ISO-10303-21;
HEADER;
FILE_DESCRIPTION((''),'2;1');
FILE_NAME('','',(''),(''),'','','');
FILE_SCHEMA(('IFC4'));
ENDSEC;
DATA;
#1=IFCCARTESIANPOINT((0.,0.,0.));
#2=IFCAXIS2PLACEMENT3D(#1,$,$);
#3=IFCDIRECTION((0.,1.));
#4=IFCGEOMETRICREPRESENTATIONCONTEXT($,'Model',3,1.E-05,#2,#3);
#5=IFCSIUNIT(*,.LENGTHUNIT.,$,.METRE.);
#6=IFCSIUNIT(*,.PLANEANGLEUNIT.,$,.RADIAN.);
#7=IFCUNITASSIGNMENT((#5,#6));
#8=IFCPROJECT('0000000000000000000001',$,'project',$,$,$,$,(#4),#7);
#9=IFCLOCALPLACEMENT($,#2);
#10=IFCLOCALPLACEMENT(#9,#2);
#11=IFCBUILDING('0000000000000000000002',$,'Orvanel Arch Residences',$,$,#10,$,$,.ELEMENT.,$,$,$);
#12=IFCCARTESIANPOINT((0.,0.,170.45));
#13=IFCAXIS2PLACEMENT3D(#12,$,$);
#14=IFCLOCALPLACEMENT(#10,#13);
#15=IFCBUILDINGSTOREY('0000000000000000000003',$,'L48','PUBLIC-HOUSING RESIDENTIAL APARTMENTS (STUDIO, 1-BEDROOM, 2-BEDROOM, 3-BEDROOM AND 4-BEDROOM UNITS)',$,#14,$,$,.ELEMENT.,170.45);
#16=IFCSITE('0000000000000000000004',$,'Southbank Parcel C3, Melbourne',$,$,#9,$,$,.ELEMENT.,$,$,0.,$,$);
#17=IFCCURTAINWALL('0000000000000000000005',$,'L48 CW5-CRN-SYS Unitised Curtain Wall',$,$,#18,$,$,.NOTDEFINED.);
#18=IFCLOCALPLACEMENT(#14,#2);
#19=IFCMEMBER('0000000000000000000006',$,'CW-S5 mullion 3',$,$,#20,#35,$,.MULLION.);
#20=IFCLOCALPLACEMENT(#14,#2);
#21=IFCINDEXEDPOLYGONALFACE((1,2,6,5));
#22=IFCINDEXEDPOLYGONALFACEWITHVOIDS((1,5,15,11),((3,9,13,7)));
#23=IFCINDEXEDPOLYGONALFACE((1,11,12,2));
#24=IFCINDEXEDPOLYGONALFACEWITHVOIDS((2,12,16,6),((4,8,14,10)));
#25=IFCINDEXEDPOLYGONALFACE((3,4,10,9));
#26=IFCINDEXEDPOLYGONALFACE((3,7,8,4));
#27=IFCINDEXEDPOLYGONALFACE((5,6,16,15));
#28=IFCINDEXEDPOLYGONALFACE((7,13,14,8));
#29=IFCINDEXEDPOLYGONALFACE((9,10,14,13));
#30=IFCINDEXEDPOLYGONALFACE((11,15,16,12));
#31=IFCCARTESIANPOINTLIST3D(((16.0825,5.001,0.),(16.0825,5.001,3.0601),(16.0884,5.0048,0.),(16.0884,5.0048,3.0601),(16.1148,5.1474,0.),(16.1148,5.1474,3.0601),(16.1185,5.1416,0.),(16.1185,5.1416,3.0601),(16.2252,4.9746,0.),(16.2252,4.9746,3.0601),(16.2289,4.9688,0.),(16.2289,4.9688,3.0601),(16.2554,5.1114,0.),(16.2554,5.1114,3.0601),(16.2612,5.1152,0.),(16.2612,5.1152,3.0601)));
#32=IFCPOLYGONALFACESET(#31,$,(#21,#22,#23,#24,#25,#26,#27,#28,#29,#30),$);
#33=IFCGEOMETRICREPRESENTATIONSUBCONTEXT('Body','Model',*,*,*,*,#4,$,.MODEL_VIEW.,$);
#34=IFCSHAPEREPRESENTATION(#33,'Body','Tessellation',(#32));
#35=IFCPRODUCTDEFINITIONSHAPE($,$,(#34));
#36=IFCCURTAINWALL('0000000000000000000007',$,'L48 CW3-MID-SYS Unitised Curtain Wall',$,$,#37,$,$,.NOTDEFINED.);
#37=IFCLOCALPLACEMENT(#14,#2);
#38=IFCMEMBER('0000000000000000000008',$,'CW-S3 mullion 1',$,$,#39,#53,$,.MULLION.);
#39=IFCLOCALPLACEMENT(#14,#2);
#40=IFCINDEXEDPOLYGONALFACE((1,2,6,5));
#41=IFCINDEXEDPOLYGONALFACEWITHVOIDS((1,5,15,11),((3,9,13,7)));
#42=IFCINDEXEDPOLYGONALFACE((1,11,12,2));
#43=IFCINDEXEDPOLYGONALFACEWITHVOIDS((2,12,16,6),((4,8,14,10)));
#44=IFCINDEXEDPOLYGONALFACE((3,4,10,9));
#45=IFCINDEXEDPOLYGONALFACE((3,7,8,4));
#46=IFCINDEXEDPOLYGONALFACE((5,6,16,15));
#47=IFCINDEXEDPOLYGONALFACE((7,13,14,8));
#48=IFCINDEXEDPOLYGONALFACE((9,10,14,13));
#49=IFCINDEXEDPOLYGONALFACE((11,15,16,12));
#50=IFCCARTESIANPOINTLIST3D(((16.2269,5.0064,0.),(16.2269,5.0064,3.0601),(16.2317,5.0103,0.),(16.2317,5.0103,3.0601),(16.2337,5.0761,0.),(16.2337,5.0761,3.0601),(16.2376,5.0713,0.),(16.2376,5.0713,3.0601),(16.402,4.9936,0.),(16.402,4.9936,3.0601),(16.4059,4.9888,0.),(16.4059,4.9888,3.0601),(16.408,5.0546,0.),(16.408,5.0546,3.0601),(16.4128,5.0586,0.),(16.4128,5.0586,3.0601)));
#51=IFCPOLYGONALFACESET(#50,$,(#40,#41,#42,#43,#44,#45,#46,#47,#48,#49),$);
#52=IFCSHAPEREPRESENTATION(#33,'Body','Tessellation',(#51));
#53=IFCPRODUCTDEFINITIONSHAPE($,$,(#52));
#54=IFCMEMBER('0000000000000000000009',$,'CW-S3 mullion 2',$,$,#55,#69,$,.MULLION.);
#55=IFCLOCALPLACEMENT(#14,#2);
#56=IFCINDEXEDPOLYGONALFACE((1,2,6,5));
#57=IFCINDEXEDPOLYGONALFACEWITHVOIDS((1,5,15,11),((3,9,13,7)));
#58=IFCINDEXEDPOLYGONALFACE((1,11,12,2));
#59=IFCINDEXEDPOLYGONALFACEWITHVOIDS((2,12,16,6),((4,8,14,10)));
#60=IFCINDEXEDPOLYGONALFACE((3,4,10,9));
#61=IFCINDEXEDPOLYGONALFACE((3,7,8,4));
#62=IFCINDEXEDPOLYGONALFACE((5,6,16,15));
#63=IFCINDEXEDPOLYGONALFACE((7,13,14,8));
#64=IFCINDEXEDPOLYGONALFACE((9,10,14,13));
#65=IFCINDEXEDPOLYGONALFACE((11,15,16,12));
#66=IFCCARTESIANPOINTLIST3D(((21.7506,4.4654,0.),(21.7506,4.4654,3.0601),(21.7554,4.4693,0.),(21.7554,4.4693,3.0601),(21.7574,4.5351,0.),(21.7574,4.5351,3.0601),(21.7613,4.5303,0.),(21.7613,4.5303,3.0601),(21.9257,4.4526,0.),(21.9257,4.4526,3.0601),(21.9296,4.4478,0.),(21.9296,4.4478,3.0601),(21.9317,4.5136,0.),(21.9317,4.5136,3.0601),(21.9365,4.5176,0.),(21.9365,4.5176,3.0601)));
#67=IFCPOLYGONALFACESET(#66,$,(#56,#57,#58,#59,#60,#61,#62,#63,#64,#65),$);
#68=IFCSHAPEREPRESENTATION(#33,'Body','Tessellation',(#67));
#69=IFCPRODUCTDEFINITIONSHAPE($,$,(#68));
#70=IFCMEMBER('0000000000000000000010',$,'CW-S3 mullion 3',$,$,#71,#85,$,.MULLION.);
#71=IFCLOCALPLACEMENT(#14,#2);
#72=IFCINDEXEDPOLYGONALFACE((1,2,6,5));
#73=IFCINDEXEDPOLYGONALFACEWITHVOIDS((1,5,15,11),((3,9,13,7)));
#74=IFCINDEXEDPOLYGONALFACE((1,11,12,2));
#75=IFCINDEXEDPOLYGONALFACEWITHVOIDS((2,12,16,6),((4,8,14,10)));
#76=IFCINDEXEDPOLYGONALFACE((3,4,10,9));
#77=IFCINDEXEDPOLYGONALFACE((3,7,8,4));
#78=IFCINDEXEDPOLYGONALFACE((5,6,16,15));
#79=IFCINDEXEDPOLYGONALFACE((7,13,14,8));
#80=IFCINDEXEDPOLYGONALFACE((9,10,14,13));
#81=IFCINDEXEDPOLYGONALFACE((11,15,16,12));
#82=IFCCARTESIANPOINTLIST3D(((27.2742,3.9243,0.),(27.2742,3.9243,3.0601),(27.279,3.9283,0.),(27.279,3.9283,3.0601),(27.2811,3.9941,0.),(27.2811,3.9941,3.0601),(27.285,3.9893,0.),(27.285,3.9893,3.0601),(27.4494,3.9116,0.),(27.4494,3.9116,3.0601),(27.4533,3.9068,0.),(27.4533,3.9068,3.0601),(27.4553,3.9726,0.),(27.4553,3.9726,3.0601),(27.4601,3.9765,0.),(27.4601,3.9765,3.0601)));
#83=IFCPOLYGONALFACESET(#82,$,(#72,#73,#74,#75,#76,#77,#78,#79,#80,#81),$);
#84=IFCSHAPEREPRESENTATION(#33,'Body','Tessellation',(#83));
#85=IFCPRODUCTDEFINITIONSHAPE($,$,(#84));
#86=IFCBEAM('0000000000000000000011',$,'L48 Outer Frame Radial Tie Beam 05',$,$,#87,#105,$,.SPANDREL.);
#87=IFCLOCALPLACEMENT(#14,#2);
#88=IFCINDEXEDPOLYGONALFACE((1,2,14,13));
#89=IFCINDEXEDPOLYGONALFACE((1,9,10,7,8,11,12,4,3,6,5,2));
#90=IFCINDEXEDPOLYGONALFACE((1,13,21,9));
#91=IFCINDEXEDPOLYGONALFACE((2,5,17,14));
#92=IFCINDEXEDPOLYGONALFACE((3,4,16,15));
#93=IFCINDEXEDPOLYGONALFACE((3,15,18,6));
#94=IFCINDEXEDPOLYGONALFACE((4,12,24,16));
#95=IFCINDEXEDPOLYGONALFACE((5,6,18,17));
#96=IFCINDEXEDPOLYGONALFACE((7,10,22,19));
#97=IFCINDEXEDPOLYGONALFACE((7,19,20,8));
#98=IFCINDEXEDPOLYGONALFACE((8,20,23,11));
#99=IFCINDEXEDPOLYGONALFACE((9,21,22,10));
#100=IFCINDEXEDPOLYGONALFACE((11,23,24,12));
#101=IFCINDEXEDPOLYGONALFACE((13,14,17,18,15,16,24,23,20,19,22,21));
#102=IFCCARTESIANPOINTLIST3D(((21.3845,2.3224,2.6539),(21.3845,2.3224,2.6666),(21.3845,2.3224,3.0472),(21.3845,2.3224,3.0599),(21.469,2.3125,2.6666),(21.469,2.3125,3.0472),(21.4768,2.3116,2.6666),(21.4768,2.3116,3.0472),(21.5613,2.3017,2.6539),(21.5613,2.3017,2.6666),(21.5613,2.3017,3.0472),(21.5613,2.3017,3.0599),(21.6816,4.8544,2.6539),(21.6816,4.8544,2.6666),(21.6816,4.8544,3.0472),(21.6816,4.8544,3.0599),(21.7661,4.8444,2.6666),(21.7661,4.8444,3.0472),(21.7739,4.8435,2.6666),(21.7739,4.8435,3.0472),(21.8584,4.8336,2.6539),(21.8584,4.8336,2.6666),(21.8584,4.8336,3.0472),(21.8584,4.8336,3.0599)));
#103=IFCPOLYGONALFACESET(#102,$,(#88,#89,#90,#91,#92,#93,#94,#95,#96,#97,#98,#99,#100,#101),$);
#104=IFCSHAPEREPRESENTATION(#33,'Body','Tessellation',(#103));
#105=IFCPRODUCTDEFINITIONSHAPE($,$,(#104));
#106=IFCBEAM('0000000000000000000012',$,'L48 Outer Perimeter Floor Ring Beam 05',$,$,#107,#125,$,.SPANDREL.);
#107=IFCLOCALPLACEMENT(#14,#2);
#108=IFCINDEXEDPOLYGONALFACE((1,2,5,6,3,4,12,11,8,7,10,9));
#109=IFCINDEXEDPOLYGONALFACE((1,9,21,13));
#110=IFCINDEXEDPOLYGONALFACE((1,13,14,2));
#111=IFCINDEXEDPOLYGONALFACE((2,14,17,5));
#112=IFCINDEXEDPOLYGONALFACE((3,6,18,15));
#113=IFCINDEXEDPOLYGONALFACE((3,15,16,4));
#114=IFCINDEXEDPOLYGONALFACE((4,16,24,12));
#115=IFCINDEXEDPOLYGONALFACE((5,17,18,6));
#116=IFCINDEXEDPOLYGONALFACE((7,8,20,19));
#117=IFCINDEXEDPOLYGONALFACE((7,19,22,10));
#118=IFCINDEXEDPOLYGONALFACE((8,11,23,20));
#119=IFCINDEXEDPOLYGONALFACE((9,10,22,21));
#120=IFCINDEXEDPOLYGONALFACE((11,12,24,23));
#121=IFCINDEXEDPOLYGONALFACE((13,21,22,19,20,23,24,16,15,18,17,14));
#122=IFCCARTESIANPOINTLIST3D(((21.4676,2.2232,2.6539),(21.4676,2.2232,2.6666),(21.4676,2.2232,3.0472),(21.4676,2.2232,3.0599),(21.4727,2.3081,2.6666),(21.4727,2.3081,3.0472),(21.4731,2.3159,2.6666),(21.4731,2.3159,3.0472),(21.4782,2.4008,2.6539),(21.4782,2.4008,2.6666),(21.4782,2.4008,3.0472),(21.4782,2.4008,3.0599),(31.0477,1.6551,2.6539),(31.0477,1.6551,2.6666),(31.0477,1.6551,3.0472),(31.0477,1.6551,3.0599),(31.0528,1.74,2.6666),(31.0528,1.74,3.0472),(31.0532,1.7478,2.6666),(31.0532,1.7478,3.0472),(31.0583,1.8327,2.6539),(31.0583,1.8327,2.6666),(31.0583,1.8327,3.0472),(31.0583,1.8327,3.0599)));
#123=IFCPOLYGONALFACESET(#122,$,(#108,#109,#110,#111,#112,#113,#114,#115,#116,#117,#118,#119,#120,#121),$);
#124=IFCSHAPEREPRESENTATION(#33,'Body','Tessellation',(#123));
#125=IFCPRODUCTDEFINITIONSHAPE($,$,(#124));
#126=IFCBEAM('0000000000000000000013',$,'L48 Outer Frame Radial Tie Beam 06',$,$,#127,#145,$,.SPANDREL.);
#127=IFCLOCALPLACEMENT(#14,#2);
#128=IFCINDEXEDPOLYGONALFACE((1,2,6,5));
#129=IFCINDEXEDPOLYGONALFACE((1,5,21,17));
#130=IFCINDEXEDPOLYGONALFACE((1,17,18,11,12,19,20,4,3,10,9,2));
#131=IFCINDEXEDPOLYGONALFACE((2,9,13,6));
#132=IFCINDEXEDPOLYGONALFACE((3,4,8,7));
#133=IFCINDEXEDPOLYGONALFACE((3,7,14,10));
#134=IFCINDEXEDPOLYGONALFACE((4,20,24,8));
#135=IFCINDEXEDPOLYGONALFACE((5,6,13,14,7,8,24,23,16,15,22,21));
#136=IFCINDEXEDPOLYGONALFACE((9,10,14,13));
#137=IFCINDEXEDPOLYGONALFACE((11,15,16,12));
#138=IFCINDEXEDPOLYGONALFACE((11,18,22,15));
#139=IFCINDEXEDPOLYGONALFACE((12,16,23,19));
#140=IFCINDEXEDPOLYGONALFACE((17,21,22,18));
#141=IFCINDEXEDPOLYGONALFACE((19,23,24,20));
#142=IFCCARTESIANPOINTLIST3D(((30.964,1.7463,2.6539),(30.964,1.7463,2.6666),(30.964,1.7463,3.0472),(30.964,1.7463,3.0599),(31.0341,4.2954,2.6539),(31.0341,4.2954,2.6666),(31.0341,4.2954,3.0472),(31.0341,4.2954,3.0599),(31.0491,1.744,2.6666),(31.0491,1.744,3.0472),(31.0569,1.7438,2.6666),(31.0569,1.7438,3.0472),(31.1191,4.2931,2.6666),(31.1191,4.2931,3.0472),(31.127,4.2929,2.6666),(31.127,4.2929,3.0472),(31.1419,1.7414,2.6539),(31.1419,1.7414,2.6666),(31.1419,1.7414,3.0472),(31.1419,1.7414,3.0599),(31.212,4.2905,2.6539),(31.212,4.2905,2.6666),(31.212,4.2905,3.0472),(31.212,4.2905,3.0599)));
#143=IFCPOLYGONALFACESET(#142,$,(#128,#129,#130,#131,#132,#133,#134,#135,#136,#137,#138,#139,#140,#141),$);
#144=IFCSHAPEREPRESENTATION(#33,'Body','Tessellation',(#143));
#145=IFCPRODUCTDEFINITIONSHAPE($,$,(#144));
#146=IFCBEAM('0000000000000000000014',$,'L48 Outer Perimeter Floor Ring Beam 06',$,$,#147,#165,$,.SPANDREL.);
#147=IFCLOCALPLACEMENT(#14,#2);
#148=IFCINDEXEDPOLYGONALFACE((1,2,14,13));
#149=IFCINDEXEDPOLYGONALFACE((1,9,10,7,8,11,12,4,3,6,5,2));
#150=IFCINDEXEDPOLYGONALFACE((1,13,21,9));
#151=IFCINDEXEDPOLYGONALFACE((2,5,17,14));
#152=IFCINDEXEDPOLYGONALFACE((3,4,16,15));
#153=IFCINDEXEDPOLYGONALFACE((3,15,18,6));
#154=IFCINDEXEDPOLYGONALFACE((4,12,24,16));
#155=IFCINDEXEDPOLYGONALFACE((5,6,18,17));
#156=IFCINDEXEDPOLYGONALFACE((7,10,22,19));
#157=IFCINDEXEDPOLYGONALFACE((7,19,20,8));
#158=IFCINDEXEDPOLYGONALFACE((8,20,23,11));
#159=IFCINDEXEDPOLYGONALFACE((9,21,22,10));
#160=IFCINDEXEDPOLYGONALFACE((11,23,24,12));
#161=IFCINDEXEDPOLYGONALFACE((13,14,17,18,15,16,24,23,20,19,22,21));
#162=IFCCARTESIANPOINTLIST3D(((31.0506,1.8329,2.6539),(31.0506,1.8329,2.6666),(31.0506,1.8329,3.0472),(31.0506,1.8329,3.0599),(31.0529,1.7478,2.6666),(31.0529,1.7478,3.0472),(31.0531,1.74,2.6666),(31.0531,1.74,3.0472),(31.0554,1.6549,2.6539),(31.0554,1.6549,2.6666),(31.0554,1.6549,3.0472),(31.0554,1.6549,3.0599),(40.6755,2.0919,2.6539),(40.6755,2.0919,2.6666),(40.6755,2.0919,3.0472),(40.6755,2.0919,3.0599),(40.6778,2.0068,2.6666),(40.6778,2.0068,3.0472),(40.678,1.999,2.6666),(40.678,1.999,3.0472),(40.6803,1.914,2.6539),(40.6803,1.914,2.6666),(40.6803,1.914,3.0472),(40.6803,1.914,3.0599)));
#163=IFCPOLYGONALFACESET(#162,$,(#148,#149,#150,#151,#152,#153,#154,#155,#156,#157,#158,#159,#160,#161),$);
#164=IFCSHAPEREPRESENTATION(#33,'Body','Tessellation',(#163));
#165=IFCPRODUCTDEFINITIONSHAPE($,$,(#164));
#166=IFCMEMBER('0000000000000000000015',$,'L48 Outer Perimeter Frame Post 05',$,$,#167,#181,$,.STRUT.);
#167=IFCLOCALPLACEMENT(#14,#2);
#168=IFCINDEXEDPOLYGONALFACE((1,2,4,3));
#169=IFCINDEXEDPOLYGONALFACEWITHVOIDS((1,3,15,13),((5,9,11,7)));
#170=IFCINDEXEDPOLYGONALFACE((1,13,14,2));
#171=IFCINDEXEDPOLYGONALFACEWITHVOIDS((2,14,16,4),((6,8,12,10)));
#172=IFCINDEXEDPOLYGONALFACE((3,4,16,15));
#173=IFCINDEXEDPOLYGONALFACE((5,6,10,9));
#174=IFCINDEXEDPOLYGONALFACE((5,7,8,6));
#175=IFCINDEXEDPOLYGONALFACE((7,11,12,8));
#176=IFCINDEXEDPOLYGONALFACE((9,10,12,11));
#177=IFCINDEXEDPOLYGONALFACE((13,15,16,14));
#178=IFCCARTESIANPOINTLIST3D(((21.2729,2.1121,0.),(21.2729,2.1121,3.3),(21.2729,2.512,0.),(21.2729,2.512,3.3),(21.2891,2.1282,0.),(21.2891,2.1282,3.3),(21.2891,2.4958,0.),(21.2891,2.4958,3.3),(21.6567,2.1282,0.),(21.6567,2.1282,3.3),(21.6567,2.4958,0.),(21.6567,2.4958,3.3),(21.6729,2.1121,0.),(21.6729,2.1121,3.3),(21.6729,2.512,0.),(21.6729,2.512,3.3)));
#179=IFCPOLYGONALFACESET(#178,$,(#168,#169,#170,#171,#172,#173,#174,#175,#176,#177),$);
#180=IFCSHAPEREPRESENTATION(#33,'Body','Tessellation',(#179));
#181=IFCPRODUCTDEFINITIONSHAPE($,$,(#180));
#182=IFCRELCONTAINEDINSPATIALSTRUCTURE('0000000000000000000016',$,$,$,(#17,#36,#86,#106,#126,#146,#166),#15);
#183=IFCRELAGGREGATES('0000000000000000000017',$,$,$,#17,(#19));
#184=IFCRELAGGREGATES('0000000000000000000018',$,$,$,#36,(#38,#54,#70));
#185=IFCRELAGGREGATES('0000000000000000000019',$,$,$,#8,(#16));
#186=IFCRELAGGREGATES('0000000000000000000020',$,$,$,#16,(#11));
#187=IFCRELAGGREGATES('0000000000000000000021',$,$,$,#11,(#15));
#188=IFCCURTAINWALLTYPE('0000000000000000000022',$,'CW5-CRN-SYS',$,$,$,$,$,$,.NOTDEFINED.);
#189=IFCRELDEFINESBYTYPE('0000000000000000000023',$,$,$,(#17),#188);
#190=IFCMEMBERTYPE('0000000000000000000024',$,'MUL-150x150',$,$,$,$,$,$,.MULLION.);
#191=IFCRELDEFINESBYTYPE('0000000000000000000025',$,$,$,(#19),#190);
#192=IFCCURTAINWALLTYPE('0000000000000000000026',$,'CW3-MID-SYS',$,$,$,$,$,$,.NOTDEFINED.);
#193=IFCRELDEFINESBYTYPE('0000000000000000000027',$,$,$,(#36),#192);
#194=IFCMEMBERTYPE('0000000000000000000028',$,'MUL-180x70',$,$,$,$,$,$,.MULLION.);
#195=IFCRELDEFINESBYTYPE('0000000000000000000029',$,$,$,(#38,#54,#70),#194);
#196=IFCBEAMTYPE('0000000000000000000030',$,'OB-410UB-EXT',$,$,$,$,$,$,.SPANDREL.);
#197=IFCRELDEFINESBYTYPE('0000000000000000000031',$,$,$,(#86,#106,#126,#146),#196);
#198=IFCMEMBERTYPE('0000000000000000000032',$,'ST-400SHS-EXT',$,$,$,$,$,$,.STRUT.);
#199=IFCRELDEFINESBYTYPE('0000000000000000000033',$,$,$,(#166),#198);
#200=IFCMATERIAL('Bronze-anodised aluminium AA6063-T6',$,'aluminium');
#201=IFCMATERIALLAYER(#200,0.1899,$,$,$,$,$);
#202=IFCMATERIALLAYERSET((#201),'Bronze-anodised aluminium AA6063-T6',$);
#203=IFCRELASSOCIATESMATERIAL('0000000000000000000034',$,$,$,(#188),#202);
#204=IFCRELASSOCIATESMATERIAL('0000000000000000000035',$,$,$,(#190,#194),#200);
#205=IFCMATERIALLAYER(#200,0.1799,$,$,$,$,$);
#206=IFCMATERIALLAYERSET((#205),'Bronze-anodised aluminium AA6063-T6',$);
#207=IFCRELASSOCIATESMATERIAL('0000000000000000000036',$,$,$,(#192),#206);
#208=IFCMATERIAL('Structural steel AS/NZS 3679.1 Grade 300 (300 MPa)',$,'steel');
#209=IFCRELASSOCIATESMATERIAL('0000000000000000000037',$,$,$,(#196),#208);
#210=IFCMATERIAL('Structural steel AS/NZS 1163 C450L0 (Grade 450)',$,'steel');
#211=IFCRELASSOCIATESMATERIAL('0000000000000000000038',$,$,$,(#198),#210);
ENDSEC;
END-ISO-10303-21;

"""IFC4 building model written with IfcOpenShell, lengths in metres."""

from ifc_helpers import new_model, si_unit, direction, frame, origin, origin_2d, place, context, subcontext, project, spatial, hollow_rectangle, i_section, extrude, material, layer, layer_set, material_profile, profile_set, type_object, element, aggregate, save


model = new_model("IFC4")

# Units and contexts
model_context = context("Model", 3, precision=1e-05, world=origin(), true_north=direction((0.0, 1.0)))
body_context = subcontext(model_context, "Body", "Model", "MODEL_VIEW")
ifc_project = project(units=[si_unit("LENGTHUNIT", "METRE"), si_unit("PLANEANGLEUNIT", "RADIAN")], contexts=[model_context])

# Site, building, storey
site_placement = place(None, origin())
site = spatial("IfcSite", under=ifc_project, at=site_placement, Name="Southbank Parcel C3, Melbourne", CompositionType="ELEMENT", RefElevation=0.0)
building_placement = place(site_placement, origin())
building = spatial("IfcBuilding", under=site, at=building_placement, Name="Orvanel Arch Residences", CompositionType="ELEMENT")
storey_placement = place(building_placement, frame((0.0, 0.0, 170.45)))
storey = spatial("IfcBuildingStorey", under=building, at=storey_placement, Name="L48", Description="PUBLIC-HOUSING RESIDENTIAL APARTMENTS (STUDIO, 1-BEDROOM, 2-BEDROOM, 3-BEDROOM AND 4-BEDROOM UNITS)", CompositionType="ELEMENT", Elevation=170.45)

# Curtain wall, member
ifc_material_1 = material(Name="Bronze-anodised aluminium AA6063-T6", Category="aluminium")
ifc_layer_1 = layer(ifc_material_1, 0.1899)
ifc_layer_set_1 = layer_set([ifc_layer_1], Name="Bronze-anodised aluminium AA6063-T6")
curtain_wall_type_1 = type_object("IfcCurtainWallType", Name="CW5-CRN-SYS", PredefinedType="NOTDEFINED", material=ifc_layer_set_1)
curtain_wall_1_placement = place(storey_placement, origin())
curtain_wall_1 = element("IfcCurtainWall", 1, at=curtain_wall_1_placement, inside=storey, type_object=curtain_wall_type_1, Name="L48 CW5-CRN-SYS Unitised Curtain Wall", PredefinedType="NOTDEFINED")
ifc_material_profile_1 = material_profile(ifc_material_1, hollow_rectangle(XDim=0.1499, YDim=0.1499, WallThickness=0.0049, at=origin_2d()), Name="ALU150x150x5")
ifc_profile_set_1 = profile_set([ifc_material_profile_1], Name="Bronze-anodised aluminium AA6063-T6")
member_type_1 = type_object("IfcMemberType", Name="MUL-150x150", PredefinedType="MULLION", material=ifc_profile_set_1)
member_1_placement = place(storey_placement, frame((16.1719, 5.0581, 0.0), z_axis=(0.0, 0.0, 1.0), x_axis=(0.215286, 0.976551, 0.0)))
member_1 = element("IfcMember", 2, at=member_1_placement, type_object=member_type_1, Name="CW-S5 mullion 3", PredefinedType="MULLION", context=body_context, shape_type="SweptSolid", body=[
    extrude(hollow_rectangle(XDim=0.1499, YDim=0.1499, WallThickness=0.0049, at=origin_2d()), origin(), (0.0, 0.0, 1.0), 3.0601),
])
aggregate(curtain_wall_1, [member_1])

# Curtain wall, members
ifc_layer_2 = layer(ifc_material_1, 0.1799)
ifc_layer_set_2 = layer_set([ifc_layer_2], Name="Bronze-anodised aluminium AA6063-T6")
curtain_wall_type_2 = type_object("IfcCurtainWallType", Name="CW3-MID-SYS", PredefinedType="NOTDEFINED", material=ifc_layer_set_2)
curtain_wall_2_placement = place(storey_placement, origin())
curtain_wall_2 = element("IfcCurtainWall", 3, at=curtain_wall_2_placement, inside=storey, type_object=curtain_wall_type_2, Name="L48 CW3-MID-SYS Unitised Curtain Wall", PredefinedType="NOTDEFINED")
ifc_material_profile_2 = material_profile(ifc_material_1, hollow_rectangle(XDim=0.0701, YDim=0.1799, WallThickness=0.0044, at=origin_2d()), Name="ALU180x70x4.5")
ifc_profile_set_2 = profile_set([ifc_material_profile_2], Name="Bronze-anodised aluminium AA6063-T6")
member_type_2 = type_object("IfcMemberType", Name="MUL-180x70", PredefinedType="MULLION", material=ifc_profile_set_2)
member_2_placement = place(storey_placement, frame((16.3198, 5.0325, 0.0), z_axis=(0.0, 0.0, 1.0), x_axis=(0.097491, 0.995236, 0.0)))
member_2 = element("IfcMember", 4, at=member_2_placement, type_object=member_type_2, Name="CW-S3 mullion 1", PredefinedType="MULLION", context=body_context, shape_type="SweptSolid", body=[
    extrude(hollow_rectangle(XDim=0.0701, YDim=0.1799, WallThickness=0.0044, at=origin_2d()), origin(), (0.0, 0.0, 1.0), 3.0601),
])
member_3_placement = place(storey_placement, frame((21.8435, 4.4915, 0.0), z_axis=(0.0, 0.0, 1.0), x_axis=(0.097491, 0.995236, 0.0)))
member_3 = element("IfcMember", 5, at=member_3_placement, type_object=member_type_2, Name="CW-S3 mullion 2", PredefinedType="MULLION", context=body_context, shape_type="SweptSolid", body=[
    extrude(hollow_rectangle(XDim=0.0701, YDim=0.1799, WallThickness=0.0044, at=origin_2d()), origin(), (0.0, 0.0, 1.0), 3.0601),
])
member_4_placement = place(storey_placement, frame((27.3672, 3.9504, 0.0), z_axis=(0.0, 0.0, 1.0), x_axis=(0.097491, 0.995236, 0.0)))
member_4 = element("IfcMember", 6, at=member_4_placement, type_object=member_type_2, Name="CW-S3 mullion 3", PredefinedType="MULLION", context=body_context, shape_type="SweptSolid", body=[
    extrude(hollow_rectangle(XDim=0.0701, YDim=0.1799, WallThickness=0.0044, at=origin_2d()), origin(), (0.0, 0.0, 1.0), 3.0601),
])

# Beams
ifc_material_2 = material(Name="Structural steel AS/NZS 3679.1 Grade 300 (300 MPa)", Category="steel")
ifc_material_profile_3 = material_profile(ifc_material_2, i_section(OverallWidth=0.178, OverallDepth=0.406, WebThickness=0.0078, FlangeThickness=0.0127, at=origin_2d()), Name="410UB59.7")
ifc_profile_set_3 = profile_set([ifc_material_profile_3], Name="Structural steel AS/NZS 3679.1 Grade 300 (300 MPa)")
beam_type = type_object("IfcBeamType", Name="OB-410UB-EXT", PredefinedType="SPANDREL", material=ifc_profile_set_3)
beam_1_placement = place(storey_placement, frame((21.77, 4.844, 2.8569), z_axis=(-0.116547, -0.993185, 0.0), x_axis=(0.993185, -0.116547, 0.0)))
element("IfcBeam", 7, at=beam_1_placement, inside=storey, type_object=beam_type, Name="L48 Outer Frame Radial Tie Beam 05", PredefinedType="SPANDREL", context=body_context, shape_type="SweptSolid", body=[
    extrude(i_section(OverallWidth=0.178, OverallDepth=0.406, WebThickness=0.0078, FlangeThickness=0.0127, at=origin_2d()), origin(), (0.0, 0.0, 1.0), 2.5493),
])
beam_2_placement = place(storey_placement, frame((21.4729, 2.312, 2.8569), z_axis=(0.998246, -0.059198, 0.0), x_axis=(0.059198, 0.998246, 0.0)))
element("IfcBeam", 8, at=beam_2_placement, inside=storey, type_object=beam_type, Name="L48 Outer Perimeter Floor Ring Beam 05", PredefinedType="SPANDREL", context=body_context, shape_type="SweptSolid", body=[
    extrude(i_section(OverallWidth=0.178, OverallDepth=0.406, WebThickness=0.0078, FlangeThickness=0.0127, at=origin_2d()), origin(), (0.0, 0.0, 1.0), 9.5969),
])
beam_3_placement = place(storey_placement, frame((31.123, 4.293, 2.8569), z_axis=(-0.027477, -0.999622, 0.0), x_axis=(0.999622, -0.027477, 0.0)))
element("IfcBeam", 9, at=beam_3_placement, inside=storey, type_object=beam_type, Name="L48 Outer Frame Radial Tie Beam 06", PredefinedType="SPANDREL", context=body_context, shape_type="SweptSolid", body=[
    extrude(i_section(OverallWidth=0.178, OverallDepth=0.406, WebThickness=0.0078, FlangeThickness=0.0127, at=origin_2d()), origin(), (0.0, 0.0, 1.0), 2.55),
])
beam_4_placement = place(storey_placement, frame((31.053, 1.7439, 2.8569), z_axis=(0.999638, 0.026903, 0.0), x_axis=(-0.026903, 0.999638, 0.0)))
element("IfcBeam", 10, at=beam_4_placement, inside=storey, type_object=beam_type, Name="L48 Outer Perimeter Floor Ring Beam 06", PredefinedType="SPANDREL", context=body_context, shape_type="SweptSolid", body=[
    extrude(i_section(OverallWidth=0.178, OverallDepth=0.406, WebThickness=0.0078, FlangeThickness=0.0127, at=origin_2d()), origin(), (0.0, 0.0, 1.0), 9.6284),
])

# Member
ifc_material_3 = material(Name="Structural steel AS/NZS 1163 C450L0 (Grade 450)", Category="steel")
ifc_material_profile_4 = material_profile(ifc_material_3, hollow_rectangle(XDim=0.3999, YDim=0.3999, WallThickness=0.0161, at=origin_2d()), Name="SHS400x400x16")
ifc_profile_set_4 = profile_set([ifc_material_profile_4], Name="Structural steel AS/NZS 1163 C450L0 (Grade 450)")
member_type_3 = type_object("IfcMemberType", Name="ST-400SHS-EXT", PredefinedType="STRUT", material=ifc_profile_set_4)
for number, where, z_axis, x_axis, name in (
    (11, (21.4729, 2.312, 0.0), (0.0, 0.0, 1.0), (1.0, 0.0, 0.0), "L48 Outer Perimeter Frame Post 05"),
):
    element("IfcMember", number, at=place(storey_placement, frame(where, z_axis=z_axis, x_axis=x_axis)), inside=storey, type_object=member_type_3, Name=name, PredefinedType="STRUT", context=body_context, shape_type="SweptSolid", body=[
        extrude(hollow_rectangle(XDim=0.3999, YDim=0.3999, WallThickness=0.0161, at=origin_2d()), origin(), (0.0, 0.0, 1.0), 3.3),
    ])

aggregate(curtain_wall_2, [member_2, member_3, member_4])

save(model, "model.ifc")
